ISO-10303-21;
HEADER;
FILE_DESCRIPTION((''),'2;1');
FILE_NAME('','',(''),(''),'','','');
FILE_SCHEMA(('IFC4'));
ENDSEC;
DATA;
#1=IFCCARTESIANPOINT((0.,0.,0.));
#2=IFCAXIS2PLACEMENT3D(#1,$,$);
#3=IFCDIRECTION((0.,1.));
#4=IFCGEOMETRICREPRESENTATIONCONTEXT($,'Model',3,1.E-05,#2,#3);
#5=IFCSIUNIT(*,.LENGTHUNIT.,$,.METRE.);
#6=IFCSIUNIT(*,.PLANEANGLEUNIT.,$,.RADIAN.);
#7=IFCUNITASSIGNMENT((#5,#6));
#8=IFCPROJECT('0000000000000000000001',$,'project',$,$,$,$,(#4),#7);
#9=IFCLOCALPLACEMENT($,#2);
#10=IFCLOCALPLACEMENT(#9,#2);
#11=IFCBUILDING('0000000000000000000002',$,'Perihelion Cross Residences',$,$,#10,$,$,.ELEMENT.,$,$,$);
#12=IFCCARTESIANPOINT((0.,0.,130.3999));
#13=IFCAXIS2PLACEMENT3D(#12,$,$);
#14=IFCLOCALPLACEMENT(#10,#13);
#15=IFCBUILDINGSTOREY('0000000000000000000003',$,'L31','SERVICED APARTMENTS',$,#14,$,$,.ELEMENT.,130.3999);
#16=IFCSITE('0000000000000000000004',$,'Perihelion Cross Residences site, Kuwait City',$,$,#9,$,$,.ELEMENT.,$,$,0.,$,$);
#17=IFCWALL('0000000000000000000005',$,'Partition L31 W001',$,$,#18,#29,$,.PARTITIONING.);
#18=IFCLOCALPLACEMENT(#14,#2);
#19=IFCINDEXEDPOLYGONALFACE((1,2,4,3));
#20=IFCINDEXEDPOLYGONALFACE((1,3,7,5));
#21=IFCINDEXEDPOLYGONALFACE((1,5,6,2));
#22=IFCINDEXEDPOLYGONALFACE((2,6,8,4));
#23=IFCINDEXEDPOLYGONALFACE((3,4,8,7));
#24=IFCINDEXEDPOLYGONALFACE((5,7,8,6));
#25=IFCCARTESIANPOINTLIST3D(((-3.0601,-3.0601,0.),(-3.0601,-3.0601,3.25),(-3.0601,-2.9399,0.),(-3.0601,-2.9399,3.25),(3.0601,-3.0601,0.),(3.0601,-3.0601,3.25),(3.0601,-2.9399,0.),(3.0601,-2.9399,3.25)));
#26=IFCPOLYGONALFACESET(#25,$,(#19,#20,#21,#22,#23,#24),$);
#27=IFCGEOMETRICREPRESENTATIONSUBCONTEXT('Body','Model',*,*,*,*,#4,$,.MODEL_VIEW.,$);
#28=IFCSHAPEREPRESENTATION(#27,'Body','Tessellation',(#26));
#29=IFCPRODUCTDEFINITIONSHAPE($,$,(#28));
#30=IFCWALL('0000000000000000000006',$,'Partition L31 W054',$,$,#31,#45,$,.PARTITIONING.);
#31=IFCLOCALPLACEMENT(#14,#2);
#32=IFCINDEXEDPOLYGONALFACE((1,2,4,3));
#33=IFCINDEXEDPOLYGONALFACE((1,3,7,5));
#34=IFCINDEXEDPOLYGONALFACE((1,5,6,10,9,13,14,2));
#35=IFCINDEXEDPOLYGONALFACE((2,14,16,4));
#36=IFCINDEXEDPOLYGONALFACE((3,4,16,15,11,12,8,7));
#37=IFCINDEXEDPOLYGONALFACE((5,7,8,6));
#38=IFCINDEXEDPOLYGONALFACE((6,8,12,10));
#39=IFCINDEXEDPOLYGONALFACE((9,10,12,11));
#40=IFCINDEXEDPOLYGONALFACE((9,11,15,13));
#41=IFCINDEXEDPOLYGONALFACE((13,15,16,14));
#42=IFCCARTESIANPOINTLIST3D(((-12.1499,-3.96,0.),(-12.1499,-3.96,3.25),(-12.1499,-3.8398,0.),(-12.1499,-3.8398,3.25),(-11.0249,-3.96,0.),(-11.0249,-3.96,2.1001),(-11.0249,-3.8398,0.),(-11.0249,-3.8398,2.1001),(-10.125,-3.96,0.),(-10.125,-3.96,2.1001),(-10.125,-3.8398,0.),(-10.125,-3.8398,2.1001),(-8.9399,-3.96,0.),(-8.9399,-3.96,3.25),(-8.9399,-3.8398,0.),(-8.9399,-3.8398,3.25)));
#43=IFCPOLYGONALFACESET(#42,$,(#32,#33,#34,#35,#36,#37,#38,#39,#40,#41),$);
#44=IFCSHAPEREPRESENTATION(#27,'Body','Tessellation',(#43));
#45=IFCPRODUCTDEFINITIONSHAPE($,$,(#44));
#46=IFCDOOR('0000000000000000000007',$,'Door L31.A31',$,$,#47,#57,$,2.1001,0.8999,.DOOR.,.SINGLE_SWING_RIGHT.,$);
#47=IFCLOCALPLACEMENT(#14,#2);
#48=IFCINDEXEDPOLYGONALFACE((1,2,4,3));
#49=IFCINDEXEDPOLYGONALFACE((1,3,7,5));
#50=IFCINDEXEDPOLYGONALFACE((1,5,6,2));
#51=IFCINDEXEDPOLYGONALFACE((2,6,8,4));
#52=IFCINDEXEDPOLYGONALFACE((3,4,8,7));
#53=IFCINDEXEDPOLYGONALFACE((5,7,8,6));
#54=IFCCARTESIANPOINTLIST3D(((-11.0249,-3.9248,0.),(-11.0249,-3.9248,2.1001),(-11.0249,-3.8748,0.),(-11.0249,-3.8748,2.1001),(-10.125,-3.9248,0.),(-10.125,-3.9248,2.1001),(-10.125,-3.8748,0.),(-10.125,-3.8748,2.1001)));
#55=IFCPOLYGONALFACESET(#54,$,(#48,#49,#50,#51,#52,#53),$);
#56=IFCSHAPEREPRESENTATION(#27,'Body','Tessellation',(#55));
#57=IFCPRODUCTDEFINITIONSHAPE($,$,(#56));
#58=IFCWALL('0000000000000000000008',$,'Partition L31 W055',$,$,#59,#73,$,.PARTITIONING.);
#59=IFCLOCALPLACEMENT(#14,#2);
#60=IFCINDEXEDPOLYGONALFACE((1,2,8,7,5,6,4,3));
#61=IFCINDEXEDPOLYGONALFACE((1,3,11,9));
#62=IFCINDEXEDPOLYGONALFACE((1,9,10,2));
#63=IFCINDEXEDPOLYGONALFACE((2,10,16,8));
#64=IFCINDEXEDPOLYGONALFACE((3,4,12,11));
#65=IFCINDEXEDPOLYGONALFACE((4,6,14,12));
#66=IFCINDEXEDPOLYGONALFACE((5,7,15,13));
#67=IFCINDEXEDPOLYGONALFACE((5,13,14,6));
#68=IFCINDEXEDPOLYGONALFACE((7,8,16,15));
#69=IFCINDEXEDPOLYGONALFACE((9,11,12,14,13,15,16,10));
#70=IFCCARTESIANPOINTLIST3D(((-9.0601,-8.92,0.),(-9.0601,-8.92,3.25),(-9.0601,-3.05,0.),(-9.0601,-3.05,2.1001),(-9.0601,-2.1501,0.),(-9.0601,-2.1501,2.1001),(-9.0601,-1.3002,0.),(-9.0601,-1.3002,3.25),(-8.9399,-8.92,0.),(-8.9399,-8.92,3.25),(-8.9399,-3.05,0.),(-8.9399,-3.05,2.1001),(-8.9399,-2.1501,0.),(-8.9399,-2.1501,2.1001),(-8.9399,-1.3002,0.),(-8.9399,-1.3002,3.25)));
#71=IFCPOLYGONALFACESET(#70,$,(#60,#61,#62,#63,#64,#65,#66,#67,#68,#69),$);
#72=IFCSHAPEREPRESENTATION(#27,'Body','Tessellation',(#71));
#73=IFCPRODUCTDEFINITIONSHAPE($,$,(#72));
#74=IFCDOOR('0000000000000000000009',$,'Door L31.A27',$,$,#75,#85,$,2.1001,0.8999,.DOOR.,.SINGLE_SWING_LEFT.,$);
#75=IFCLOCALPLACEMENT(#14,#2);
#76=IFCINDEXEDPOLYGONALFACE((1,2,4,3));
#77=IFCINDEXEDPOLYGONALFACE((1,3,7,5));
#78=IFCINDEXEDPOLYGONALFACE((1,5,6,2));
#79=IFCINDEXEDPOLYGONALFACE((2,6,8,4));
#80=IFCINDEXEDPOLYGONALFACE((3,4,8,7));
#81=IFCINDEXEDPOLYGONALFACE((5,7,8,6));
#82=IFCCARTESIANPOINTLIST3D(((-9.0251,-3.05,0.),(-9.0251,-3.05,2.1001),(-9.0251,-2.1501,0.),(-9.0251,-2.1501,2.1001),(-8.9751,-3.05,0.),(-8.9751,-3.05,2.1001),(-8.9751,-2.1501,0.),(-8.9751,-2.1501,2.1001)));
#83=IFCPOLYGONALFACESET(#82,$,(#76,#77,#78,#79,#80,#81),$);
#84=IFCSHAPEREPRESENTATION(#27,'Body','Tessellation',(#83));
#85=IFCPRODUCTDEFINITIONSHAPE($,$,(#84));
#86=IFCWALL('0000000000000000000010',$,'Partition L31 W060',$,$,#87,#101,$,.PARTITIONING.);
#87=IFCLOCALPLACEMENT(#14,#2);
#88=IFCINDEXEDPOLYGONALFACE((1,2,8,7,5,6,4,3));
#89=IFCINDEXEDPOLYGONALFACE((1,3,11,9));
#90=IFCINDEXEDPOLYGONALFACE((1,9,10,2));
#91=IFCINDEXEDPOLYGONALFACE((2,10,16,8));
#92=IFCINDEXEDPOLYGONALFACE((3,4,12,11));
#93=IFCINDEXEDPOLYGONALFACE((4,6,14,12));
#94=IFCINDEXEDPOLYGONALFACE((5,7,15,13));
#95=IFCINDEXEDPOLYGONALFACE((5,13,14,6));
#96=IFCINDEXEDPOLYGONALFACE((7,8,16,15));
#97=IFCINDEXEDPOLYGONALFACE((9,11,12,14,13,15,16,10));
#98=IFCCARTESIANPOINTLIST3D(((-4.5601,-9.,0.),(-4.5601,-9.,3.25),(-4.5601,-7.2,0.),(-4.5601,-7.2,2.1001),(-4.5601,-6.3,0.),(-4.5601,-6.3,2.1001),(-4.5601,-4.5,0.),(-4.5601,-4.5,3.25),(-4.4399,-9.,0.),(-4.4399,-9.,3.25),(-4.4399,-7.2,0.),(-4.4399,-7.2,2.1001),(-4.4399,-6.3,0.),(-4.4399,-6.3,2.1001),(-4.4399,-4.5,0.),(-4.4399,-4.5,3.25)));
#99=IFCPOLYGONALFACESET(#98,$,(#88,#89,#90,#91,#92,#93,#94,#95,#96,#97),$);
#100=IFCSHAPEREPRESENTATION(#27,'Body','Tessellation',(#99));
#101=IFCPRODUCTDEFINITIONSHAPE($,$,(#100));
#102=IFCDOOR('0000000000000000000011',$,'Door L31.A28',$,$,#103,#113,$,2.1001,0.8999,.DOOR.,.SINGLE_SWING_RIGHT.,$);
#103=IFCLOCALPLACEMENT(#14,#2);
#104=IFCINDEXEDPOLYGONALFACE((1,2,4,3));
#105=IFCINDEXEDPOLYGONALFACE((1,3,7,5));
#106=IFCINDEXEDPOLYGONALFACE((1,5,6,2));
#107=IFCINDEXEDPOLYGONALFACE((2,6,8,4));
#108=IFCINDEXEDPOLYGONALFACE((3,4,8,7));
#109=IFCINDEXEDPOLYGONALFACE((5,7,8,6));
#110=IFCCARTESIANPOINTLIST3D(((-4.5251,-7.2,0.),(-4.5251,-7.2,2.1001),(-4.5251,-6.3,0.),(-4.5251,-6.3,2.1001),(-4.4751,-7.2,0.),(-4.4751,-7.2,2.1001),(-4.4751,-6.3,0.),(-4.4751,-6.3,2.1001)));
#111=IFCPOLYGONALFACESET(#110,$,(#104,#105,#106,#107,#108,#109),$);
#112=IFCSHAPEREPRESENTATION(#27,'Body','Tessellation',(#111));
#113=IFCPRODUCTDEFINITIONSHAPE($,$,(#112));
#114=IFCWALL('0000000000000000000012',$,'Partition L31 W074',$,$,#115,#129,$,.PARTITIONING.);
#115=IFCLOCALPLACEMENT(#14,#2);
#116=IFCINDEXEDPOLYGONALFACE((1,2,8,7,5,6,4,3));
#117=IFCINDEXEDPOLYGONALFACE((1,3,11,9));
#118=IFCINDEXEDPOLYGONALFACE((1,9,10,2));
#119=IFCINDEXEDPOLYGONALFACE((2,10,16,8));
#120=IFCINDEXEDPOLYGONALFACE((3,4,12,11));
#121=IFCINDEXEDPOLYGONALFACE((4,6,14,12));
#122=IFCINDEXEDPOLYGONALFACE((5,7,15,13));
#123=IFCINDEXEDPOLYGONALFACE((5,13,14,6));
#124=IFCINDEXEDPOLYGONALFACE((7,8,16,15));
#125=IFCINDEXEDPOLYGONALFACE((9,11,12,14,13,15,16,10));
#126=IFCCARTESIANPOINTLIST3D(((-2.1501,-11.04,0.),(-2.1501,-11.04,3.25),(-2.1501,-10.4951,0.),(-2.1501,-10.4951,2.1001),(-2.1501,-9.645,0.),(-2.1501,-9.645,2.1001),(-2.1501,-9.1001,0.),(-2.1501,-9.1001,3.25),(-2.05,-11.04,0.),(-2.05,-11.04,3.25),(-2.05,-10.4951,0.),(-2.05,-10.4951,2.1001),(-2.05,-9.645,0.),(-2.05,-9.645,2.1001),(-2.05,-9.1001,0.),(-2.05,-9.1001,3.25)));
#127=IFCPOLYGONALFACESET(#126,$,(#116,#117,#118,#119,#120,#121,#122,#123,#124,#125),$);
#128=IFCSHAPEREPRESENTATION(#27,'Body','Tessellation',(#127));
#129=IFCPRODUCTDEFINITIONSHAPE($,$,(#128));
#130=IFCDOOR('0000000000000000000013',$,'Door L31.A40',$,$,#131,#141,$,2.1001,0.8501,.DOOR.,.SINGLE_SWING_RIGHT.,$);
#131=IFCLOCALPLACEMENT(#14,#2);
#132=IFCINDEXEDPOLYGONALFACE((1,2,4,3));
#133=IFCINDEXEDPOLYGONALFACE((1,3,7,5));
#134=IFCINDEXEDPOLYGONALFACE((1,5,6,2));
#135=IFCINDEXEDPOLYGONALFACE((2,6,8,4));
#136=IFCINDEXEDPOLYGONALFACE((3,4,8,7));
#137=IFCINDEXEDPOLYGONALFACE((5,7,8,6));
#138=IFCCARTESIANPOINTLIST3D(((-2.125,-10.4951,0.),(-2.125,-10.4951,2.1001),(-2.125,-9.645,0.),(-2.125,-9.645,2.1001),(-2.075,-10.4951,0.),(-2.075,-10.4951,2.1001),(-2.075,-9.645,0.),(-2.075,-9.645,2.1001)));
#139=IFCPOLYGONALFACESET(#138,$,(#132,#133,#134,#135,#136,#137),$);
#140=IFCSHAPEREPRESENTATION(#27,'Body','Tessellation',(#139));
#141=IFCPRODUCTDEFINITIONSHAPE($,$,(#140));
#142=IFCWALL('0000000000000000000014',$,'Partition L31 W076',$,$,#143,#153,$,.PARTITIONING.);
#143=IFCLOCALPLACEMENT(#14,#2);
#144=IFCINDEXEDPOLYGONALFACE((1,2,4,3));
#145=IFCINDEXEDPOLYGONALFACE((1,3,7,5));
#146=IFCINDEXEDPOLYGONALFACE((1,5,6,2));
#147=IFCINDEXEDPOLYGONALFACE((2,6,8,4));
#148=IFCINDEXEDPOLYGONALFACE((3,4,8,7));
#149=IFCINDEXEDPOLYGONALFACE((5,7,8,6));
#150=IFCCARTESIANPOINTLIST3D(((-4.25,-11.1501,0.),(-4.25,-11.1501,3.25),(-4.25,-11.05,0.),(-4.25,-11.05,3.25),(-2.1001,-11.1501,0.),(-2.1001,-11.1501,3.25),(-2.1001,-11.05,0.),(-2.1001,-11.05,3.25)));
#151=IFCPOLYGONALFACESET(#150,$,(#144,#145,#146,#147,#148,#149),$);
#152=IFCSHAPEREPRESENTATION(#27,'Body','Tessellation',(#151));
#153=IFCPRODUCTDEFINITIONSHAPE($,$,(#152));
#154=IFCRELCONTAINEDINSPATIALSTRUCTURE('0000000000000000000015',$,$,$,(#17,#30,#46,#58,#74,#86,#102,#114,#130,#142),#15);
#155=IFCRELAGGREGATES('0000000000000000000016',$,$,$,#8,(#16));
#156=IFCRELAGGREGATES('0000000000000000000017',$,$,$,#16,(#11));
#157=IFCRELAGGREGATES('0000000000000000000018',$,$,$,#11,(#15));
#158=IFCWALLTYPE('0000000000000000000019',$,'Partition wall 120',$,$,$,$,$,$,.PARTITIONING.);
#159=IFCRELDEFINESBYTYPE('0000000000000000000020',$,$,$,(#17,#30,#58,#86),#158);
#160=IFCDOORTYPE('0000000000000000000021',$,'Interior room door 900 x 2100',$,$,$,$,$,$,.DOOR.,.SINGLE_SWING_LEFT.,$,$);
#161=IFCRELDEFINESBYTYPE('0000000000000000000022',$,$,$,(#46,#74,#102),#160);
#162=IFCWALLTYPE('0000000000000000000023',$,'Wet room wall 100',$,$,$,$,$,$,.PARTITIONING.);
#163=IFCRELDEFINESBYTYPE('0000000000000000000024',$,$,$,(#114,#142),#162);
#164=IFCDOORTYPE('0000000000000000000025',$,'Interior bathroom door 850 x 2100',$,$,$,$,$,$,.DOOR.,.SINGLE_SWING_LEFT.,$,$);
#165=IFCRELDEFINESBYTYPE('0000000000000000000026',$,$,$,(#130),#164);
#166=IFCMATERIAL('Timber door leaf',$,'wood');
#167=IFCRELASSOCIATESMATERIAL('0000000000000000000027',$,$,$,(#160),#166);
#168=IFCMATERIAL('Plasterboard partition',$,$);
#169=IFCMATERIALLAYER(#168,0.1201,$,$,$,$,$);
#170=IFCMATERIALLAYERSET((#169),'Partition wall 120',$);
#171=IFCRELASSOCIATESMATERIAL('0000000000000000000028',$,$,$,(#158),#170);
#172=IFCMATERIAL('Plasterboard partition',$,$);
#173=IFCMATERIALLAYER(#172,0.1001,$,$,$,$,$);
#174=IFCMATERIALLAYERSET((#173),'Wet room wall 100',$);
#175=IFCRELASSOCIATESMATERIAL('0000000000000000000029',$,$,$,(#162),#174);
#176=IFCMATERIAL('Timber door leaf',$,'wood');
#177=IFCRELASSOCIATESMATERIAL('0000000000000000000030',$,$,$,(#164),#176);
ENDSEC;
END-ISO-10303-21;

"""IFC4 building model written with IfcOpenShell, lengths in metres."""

from ifc_helpers import new_model, si_unit, direction, frame, frame_2d, origin, place, context, subcontext, project, spatial, rectangle, extrude, material, layer, layer_set, type_object, element, fill, save


model = new_model("IFC4")

# Units and contexts
model_context = context("Model", 3, precision=1e-05, world=origin(), true_north=direction((0.0, 1.0)))
body_context = subcontext(model_context, "Body", "Model", "MODEL_VIEW")
ifc_project = project(units=[si_unit("LENGTHUNIT", "METRE"), si_unit("PLANEANGLEUNIT", "RADIAN")], contexts=[model_context])

# Site, building, storey
site_placement = place(None, origin())
site = spatial("IfcSite", under=ifc_project, at=site_placement, Name="Perihelion Cross Residences site, Kuwait City", CompositionType="ELEMENT", RefElevation=0.0)
building_placement = place(site_placement, origin())
building = spatial("IfcBuilding", under=site, at=building_placement, Name="Perihelion Cross Residences", CompositionType="ELEMENT")
storey_placement = place(building_placement, frame((0.0, 0.0, 130.3999)))
storey = spatial("IfcBuildingStorey", under=building, at=storey_placement, Name="L31", Description="SERVICED APARTMENTS", CompositionType="ELEMENT", Elevation=130.3999)

# Shared definitions
ifc_material_1 = material(Name="Timber door leaf", Category="wood")
door_type_1 = type_object("IfcDoorType", Name="Interior room door 900 x 2100", OperationType="SINGLE_SWING_LEFT", PredefinedType="DOOR", material=ifc_material_1)

# Wall
ifc_material_2 = material(Name="Plasterboard partition")
ifc_layer_1 = layer(ifc_material_2, 0.1201)
ifc_layer_set_1 = layer_set([ifc_layer_1], Name="Partition wall 120")
wall_type_1 = type_object("IfcWallType", Name="Partition wall 120", PredefinedType="PARTITIONING", material=ifc_layer_set_1)
wall_1_placement = place(storey_placement, frame((-3.0601, -3.0, 0.0), z_axis=(0.0, 0.0, 1.0), x_axis=(1.0, 0.0, 0.0)))
element("IfcWall", 1, at=wall_1_placement, inside=storey, type_object=wall_type_1, Name="Partition L31 W001", PredefinedType="PARTITIONING", context=body_context, shape_type="SweptSolid", body=[
    extrude(rectangle(XDim=6.1201, YDim=0.1201, at=frame_2d((3.0601, 0.0))), origin(), (0.0, 0.0, 1.0), 3.25),
])

# Walls, openings, doors
wall_2_placement = place(storey_placement, frame((-8.9399, -3.8999, 0.0), z_axis=(0.0, 0.0, 1.0), x_axis=(-1.0, 0.0, 0.0)))
wall_2 = element("IfcWall", 2, at=wall_2_placement, inside=storey, type_object=wall_type_1, Name="Partition L31 W054", PredefinedType="PARTITIONING", context=body_context, shape_type="SweptSolid", body=[
    extrude(rectangle(XDim=3.21, YDim=0.1201, at=frame_2d((1.605, 0.0))), origin(), (0.0, 0.0, 1.0), 3.25),
])
opening_1_placement = place(wall_2_placement, frame((1.1851, 0.0, 0.0)))
opening_1 = element("IfcOpeningElement", 3, at=opening_1_placement, cuts=wall_2, PredefinedType="OPENING", context=body_context, shape_type="SweptSolid", body=[
    extrude(rectangle(XDim=0.8999, YDim=2.1001, at=frame_2d((0.45, 1.05))), frame((0.0, 0.0701, 0.0), z_axis=(0.0, -1.0, 0.0), x_axis=(1.0, 0.0, 0.0)), (0.0, 0.0, 1.0), 0.1401),
])
door_1_placement = place(opening_1_placement, origin())
door_1 = element("IfcDoor", 4, at=door_1_placement, inside=storey, type_object=door_type_1, Name="Door L31.A31", OperationType="SINGLE_SWING_RIGHT", OverallHeight=2.1001, OverallWidth=0.8999, PredefinedType="DOOR", context=body_context, shape_type="SweptSolid", body=[
    extrude(rectangle(XDim=0.8999, YDim=2.1001, at=frame_2d((0.45, 1.05))), frame((0.0, 0.0249, 0.0), z_axis=(0.0, -1.0, 0.0), x_axis=(1.0, 0.0, 0.0)), (0.0, 0.0, 1.0), 0.05),
])
fill(opening_1, door_1)
wall_3_placement = place(storey_placement, frame((-9.0, -1.3, 0.0), z_axis=(0.0, 0.0, 1.0), x_axis=(0.0, -1.0, 0.0)))
wall_3 = element("IfcWall", 5, at=wall_3_placement, inside=storey, type_object=wall_type_1, Name="Partition L31 W055", PredefinedType="PARTITIONING", context=body_context, shape_type="SweptSolid", body=[
    extrude(rectangle(XDim=7.6199, YDim=0.1201, at=frame_2d((3.8101, 0.0))), origin(), (0.0, 0.0, 1.0), 3.25),
])
opening_2_placement = place(wall_3_placement, frame((0.8501, 0.0, 0.0)))
opening_2 = element("IfcOpeningElement", 6, at=opening_2_placement, cuts=wall_3, PredefinedType="OPENING", context=body_context, shape_type="SweptSolid", body=[
    extrude(rectangle(XDim=0.8999, YDim=2.1001, at=frame_2d((0.45, 1.05))), frame((0.0, 0.0701, 0.0), z_axis=(0.0, -1.0, 0.0), x_axis=(1.0, 0.0, 0.0)), (0.0, 0.0, 1.0), 0.1401),
])
door_2_placement = place(opening_2_placement, origin())
door_2 = element("IfcDoor", 7, at=door_2_placement, inside=storey, type_object=door_type_1, Name="Door L31.A27", OperationType="SINGLE_SWING_LEFT", OverallHeight=2.1001, OverallWidth=0.8999, PredefinedType="DOOR", context=body_context, shape_type="SweptSolid", body=[
    extrude(rectangle(XDim=0.8999, YDim=2.1001, at=frame_2d((0.45, 1.05))), frame((0.0, 0.0249, 0.0), z_axis=(0.0, -1.0, 0.0), x_axis=(1.0, 0.0, 0.0)), (0.0, 0.0, 1.0), 0.05),
])
fill(opening_2, door_2)
wall_4_placement = place(storey_placement, frame((-4.5, -4.5, 0.0), z_axis=(0.0, 0.0, 1.0), x_axis=(0.0, -1.0, 0.0)))
wall_4 = element("IfcWall", 8, at=wall_4_placement, inside=storey, type_object=wall_type_1, Name="Partition L31 W060", PredefinedType="PARTITIONING", context=body_context, shape_type="SweptSolid", body=[
    extrude(rectangle(XDim=4.5, YDim=0.1201, at=frame_2d((2.25, 0.0))), origin(), (0.0, 0.0, 1.0), 3.25),
])
opening_3_placement = place(wall_4_placement, frame((1.8, 0.0, 0.0)))
opening_3 = element("IfcOpeningElement", 9, at=opening_3_placement, cuts=wall_4, PredefinedType="OPENING", context=body_context, shape_type="SweptSolid", body=[
    extrude(rectangle(XDim=0.8999, YDim=2.1001, at=frame_2d((0.45, 1.05))), frame((0.0, 0.0701, 0.0), z_axis=(0.0, -1.0, 0.0), x_axis=(1.0, 0.0, 0.0)), (0.0, 0.0, 1.0), 0.1401),
])
door_3_placement = place(opening_3_placement, origin())
door_3 = element("IfcDoor", 10, at=door_3_placement, inside=storey, type_object=door_type_1, Name="Door L31.A28", OperationType="SINGLE_SWING_RIGHT", OverallHeight=2.1001, OverallWidth=0.8999, PredefinedType="DOOR", context=body_context, shape_type="SweptSolid", body=[
    extrude(rectangle(XDim=0.8999, YDim=2.1001, at=frame_2d((0.45, 1.05))), frame((0.0, 0.0249, 0.0), z_axis=(0.0, -1.0, 0.0), x_axis=(1.0, 0.0, 0.0)), (0.0, 0.0, 1.0), 0.05),
])
fill(opening_3, door_3)
ifc_material_3 = material(Name="Plasterboard partition")
ifc_layer_2 = layer(ifc_material_3, 0.1001)
ifc_layer_set_2 = layer_set([ifc_layer_2], Name="Wet room wall 100")
wall_type_2 = type_object("IfcWallType", Name="Wet room wall 100", PredefinedType="PARTITIONING", material=ifc_layer_set_2)
wall_5_placement = place(storey_placement, frame((-2.1001, -11.04, 0.0), z_axis=(0.0, 0.0, 1.0), x_axis=(0.0, 1.0, 0.0)))
wall_5 = element("IfcWall", 11, at=wall_5_placement, inside=storey, type_object=wall_type_2, Name="Partition L31 W074", PredefinedType="PARTITIONING", context=body_context, shape_type="SweptSolid", body=[
    extrude(rectangle(XDim=1.9399, YDim=0.1001, at=frame_2d((0.97, 0.0))), origin(), (0.0, 0.0, 1.0), 3.25),
])
opening_4_placement = place(wall_5_placement, frame((0.5449, 0.0, 0.0)))
opening_4 = element("IfcOpeningElement", 12, at=opening_4_placement, cuts=wall_5, PredefinedType="OPENING", context=body_context, shape_type="SweptSolid", body=[
    extrude(rectangle(XDim=0.8501, YDim=2.1001, at=frame_2d((0.425, 1.05))), frame((0.0, 0.0601, 0.0), z_axis=(0.0, -1.0, 0.0), x_axis=(1.0, 0.0, 0.0)), (0.0, 0.0, 1.0), 0.1201),
])
ifc_material_4 = material(Name="Timber door leaf", Category="wood")
door_type_2 = type_object("IfcDoorType", Name="Interior bathroom door 850 x 2100", OperationType="SINGLE_SWING_LEFT", PredefinedType="DOOR", material=ifc_material_4)
door_4_placement = place(opening_4_placement, origin())
door_4 = element("IfcDoor", 13, at=door_4_placement, inside=storey, type_object=door_type_2, Name="Door L31.A40", OperationType="SINGLE_SWING_RIGHT", OverallHeight=2.1001, OverallWidth=0.8501, PredefinedType="DOOR", context=body_context, shape_type="SweptSolid", body=[
    extrude(rectangle(XDim=0.8501, YDim=2.1001, at=frame_2d((0.425, 1.05))), frame((0.0, 0.0249, 0.0), z_axis=(0.0, -1.0, 0.0), x_axis=(1.0, 0.0, 0.0)), (0.0, 0.0, 1.0), 0.05),
])
fill(opening_4, door_4)

# Wall
wall_6_placement = place(storey_placement, frame((-2.1001, -11.1001, 0.0), z_axis=(0.0, 0.0, 1.0), x_axis=(-1.0, 0.0, 0.0)))
element("IfcWall", 14, at=wall_6_placement, inside=storey, type_object=wall_type_2, Name="Partition L31 W076", PredefinedType="PARTITIONING", context=body_context, shape_type="SweptSolid", body=[
    extrude(rectangle(XDim=2.1499, YDim=0.1001, at=frame_2d((1.075, 0.0))), origin(), (0.0, 0.0, 1.0), 3.25),
])

save(model, "model.ifc")
